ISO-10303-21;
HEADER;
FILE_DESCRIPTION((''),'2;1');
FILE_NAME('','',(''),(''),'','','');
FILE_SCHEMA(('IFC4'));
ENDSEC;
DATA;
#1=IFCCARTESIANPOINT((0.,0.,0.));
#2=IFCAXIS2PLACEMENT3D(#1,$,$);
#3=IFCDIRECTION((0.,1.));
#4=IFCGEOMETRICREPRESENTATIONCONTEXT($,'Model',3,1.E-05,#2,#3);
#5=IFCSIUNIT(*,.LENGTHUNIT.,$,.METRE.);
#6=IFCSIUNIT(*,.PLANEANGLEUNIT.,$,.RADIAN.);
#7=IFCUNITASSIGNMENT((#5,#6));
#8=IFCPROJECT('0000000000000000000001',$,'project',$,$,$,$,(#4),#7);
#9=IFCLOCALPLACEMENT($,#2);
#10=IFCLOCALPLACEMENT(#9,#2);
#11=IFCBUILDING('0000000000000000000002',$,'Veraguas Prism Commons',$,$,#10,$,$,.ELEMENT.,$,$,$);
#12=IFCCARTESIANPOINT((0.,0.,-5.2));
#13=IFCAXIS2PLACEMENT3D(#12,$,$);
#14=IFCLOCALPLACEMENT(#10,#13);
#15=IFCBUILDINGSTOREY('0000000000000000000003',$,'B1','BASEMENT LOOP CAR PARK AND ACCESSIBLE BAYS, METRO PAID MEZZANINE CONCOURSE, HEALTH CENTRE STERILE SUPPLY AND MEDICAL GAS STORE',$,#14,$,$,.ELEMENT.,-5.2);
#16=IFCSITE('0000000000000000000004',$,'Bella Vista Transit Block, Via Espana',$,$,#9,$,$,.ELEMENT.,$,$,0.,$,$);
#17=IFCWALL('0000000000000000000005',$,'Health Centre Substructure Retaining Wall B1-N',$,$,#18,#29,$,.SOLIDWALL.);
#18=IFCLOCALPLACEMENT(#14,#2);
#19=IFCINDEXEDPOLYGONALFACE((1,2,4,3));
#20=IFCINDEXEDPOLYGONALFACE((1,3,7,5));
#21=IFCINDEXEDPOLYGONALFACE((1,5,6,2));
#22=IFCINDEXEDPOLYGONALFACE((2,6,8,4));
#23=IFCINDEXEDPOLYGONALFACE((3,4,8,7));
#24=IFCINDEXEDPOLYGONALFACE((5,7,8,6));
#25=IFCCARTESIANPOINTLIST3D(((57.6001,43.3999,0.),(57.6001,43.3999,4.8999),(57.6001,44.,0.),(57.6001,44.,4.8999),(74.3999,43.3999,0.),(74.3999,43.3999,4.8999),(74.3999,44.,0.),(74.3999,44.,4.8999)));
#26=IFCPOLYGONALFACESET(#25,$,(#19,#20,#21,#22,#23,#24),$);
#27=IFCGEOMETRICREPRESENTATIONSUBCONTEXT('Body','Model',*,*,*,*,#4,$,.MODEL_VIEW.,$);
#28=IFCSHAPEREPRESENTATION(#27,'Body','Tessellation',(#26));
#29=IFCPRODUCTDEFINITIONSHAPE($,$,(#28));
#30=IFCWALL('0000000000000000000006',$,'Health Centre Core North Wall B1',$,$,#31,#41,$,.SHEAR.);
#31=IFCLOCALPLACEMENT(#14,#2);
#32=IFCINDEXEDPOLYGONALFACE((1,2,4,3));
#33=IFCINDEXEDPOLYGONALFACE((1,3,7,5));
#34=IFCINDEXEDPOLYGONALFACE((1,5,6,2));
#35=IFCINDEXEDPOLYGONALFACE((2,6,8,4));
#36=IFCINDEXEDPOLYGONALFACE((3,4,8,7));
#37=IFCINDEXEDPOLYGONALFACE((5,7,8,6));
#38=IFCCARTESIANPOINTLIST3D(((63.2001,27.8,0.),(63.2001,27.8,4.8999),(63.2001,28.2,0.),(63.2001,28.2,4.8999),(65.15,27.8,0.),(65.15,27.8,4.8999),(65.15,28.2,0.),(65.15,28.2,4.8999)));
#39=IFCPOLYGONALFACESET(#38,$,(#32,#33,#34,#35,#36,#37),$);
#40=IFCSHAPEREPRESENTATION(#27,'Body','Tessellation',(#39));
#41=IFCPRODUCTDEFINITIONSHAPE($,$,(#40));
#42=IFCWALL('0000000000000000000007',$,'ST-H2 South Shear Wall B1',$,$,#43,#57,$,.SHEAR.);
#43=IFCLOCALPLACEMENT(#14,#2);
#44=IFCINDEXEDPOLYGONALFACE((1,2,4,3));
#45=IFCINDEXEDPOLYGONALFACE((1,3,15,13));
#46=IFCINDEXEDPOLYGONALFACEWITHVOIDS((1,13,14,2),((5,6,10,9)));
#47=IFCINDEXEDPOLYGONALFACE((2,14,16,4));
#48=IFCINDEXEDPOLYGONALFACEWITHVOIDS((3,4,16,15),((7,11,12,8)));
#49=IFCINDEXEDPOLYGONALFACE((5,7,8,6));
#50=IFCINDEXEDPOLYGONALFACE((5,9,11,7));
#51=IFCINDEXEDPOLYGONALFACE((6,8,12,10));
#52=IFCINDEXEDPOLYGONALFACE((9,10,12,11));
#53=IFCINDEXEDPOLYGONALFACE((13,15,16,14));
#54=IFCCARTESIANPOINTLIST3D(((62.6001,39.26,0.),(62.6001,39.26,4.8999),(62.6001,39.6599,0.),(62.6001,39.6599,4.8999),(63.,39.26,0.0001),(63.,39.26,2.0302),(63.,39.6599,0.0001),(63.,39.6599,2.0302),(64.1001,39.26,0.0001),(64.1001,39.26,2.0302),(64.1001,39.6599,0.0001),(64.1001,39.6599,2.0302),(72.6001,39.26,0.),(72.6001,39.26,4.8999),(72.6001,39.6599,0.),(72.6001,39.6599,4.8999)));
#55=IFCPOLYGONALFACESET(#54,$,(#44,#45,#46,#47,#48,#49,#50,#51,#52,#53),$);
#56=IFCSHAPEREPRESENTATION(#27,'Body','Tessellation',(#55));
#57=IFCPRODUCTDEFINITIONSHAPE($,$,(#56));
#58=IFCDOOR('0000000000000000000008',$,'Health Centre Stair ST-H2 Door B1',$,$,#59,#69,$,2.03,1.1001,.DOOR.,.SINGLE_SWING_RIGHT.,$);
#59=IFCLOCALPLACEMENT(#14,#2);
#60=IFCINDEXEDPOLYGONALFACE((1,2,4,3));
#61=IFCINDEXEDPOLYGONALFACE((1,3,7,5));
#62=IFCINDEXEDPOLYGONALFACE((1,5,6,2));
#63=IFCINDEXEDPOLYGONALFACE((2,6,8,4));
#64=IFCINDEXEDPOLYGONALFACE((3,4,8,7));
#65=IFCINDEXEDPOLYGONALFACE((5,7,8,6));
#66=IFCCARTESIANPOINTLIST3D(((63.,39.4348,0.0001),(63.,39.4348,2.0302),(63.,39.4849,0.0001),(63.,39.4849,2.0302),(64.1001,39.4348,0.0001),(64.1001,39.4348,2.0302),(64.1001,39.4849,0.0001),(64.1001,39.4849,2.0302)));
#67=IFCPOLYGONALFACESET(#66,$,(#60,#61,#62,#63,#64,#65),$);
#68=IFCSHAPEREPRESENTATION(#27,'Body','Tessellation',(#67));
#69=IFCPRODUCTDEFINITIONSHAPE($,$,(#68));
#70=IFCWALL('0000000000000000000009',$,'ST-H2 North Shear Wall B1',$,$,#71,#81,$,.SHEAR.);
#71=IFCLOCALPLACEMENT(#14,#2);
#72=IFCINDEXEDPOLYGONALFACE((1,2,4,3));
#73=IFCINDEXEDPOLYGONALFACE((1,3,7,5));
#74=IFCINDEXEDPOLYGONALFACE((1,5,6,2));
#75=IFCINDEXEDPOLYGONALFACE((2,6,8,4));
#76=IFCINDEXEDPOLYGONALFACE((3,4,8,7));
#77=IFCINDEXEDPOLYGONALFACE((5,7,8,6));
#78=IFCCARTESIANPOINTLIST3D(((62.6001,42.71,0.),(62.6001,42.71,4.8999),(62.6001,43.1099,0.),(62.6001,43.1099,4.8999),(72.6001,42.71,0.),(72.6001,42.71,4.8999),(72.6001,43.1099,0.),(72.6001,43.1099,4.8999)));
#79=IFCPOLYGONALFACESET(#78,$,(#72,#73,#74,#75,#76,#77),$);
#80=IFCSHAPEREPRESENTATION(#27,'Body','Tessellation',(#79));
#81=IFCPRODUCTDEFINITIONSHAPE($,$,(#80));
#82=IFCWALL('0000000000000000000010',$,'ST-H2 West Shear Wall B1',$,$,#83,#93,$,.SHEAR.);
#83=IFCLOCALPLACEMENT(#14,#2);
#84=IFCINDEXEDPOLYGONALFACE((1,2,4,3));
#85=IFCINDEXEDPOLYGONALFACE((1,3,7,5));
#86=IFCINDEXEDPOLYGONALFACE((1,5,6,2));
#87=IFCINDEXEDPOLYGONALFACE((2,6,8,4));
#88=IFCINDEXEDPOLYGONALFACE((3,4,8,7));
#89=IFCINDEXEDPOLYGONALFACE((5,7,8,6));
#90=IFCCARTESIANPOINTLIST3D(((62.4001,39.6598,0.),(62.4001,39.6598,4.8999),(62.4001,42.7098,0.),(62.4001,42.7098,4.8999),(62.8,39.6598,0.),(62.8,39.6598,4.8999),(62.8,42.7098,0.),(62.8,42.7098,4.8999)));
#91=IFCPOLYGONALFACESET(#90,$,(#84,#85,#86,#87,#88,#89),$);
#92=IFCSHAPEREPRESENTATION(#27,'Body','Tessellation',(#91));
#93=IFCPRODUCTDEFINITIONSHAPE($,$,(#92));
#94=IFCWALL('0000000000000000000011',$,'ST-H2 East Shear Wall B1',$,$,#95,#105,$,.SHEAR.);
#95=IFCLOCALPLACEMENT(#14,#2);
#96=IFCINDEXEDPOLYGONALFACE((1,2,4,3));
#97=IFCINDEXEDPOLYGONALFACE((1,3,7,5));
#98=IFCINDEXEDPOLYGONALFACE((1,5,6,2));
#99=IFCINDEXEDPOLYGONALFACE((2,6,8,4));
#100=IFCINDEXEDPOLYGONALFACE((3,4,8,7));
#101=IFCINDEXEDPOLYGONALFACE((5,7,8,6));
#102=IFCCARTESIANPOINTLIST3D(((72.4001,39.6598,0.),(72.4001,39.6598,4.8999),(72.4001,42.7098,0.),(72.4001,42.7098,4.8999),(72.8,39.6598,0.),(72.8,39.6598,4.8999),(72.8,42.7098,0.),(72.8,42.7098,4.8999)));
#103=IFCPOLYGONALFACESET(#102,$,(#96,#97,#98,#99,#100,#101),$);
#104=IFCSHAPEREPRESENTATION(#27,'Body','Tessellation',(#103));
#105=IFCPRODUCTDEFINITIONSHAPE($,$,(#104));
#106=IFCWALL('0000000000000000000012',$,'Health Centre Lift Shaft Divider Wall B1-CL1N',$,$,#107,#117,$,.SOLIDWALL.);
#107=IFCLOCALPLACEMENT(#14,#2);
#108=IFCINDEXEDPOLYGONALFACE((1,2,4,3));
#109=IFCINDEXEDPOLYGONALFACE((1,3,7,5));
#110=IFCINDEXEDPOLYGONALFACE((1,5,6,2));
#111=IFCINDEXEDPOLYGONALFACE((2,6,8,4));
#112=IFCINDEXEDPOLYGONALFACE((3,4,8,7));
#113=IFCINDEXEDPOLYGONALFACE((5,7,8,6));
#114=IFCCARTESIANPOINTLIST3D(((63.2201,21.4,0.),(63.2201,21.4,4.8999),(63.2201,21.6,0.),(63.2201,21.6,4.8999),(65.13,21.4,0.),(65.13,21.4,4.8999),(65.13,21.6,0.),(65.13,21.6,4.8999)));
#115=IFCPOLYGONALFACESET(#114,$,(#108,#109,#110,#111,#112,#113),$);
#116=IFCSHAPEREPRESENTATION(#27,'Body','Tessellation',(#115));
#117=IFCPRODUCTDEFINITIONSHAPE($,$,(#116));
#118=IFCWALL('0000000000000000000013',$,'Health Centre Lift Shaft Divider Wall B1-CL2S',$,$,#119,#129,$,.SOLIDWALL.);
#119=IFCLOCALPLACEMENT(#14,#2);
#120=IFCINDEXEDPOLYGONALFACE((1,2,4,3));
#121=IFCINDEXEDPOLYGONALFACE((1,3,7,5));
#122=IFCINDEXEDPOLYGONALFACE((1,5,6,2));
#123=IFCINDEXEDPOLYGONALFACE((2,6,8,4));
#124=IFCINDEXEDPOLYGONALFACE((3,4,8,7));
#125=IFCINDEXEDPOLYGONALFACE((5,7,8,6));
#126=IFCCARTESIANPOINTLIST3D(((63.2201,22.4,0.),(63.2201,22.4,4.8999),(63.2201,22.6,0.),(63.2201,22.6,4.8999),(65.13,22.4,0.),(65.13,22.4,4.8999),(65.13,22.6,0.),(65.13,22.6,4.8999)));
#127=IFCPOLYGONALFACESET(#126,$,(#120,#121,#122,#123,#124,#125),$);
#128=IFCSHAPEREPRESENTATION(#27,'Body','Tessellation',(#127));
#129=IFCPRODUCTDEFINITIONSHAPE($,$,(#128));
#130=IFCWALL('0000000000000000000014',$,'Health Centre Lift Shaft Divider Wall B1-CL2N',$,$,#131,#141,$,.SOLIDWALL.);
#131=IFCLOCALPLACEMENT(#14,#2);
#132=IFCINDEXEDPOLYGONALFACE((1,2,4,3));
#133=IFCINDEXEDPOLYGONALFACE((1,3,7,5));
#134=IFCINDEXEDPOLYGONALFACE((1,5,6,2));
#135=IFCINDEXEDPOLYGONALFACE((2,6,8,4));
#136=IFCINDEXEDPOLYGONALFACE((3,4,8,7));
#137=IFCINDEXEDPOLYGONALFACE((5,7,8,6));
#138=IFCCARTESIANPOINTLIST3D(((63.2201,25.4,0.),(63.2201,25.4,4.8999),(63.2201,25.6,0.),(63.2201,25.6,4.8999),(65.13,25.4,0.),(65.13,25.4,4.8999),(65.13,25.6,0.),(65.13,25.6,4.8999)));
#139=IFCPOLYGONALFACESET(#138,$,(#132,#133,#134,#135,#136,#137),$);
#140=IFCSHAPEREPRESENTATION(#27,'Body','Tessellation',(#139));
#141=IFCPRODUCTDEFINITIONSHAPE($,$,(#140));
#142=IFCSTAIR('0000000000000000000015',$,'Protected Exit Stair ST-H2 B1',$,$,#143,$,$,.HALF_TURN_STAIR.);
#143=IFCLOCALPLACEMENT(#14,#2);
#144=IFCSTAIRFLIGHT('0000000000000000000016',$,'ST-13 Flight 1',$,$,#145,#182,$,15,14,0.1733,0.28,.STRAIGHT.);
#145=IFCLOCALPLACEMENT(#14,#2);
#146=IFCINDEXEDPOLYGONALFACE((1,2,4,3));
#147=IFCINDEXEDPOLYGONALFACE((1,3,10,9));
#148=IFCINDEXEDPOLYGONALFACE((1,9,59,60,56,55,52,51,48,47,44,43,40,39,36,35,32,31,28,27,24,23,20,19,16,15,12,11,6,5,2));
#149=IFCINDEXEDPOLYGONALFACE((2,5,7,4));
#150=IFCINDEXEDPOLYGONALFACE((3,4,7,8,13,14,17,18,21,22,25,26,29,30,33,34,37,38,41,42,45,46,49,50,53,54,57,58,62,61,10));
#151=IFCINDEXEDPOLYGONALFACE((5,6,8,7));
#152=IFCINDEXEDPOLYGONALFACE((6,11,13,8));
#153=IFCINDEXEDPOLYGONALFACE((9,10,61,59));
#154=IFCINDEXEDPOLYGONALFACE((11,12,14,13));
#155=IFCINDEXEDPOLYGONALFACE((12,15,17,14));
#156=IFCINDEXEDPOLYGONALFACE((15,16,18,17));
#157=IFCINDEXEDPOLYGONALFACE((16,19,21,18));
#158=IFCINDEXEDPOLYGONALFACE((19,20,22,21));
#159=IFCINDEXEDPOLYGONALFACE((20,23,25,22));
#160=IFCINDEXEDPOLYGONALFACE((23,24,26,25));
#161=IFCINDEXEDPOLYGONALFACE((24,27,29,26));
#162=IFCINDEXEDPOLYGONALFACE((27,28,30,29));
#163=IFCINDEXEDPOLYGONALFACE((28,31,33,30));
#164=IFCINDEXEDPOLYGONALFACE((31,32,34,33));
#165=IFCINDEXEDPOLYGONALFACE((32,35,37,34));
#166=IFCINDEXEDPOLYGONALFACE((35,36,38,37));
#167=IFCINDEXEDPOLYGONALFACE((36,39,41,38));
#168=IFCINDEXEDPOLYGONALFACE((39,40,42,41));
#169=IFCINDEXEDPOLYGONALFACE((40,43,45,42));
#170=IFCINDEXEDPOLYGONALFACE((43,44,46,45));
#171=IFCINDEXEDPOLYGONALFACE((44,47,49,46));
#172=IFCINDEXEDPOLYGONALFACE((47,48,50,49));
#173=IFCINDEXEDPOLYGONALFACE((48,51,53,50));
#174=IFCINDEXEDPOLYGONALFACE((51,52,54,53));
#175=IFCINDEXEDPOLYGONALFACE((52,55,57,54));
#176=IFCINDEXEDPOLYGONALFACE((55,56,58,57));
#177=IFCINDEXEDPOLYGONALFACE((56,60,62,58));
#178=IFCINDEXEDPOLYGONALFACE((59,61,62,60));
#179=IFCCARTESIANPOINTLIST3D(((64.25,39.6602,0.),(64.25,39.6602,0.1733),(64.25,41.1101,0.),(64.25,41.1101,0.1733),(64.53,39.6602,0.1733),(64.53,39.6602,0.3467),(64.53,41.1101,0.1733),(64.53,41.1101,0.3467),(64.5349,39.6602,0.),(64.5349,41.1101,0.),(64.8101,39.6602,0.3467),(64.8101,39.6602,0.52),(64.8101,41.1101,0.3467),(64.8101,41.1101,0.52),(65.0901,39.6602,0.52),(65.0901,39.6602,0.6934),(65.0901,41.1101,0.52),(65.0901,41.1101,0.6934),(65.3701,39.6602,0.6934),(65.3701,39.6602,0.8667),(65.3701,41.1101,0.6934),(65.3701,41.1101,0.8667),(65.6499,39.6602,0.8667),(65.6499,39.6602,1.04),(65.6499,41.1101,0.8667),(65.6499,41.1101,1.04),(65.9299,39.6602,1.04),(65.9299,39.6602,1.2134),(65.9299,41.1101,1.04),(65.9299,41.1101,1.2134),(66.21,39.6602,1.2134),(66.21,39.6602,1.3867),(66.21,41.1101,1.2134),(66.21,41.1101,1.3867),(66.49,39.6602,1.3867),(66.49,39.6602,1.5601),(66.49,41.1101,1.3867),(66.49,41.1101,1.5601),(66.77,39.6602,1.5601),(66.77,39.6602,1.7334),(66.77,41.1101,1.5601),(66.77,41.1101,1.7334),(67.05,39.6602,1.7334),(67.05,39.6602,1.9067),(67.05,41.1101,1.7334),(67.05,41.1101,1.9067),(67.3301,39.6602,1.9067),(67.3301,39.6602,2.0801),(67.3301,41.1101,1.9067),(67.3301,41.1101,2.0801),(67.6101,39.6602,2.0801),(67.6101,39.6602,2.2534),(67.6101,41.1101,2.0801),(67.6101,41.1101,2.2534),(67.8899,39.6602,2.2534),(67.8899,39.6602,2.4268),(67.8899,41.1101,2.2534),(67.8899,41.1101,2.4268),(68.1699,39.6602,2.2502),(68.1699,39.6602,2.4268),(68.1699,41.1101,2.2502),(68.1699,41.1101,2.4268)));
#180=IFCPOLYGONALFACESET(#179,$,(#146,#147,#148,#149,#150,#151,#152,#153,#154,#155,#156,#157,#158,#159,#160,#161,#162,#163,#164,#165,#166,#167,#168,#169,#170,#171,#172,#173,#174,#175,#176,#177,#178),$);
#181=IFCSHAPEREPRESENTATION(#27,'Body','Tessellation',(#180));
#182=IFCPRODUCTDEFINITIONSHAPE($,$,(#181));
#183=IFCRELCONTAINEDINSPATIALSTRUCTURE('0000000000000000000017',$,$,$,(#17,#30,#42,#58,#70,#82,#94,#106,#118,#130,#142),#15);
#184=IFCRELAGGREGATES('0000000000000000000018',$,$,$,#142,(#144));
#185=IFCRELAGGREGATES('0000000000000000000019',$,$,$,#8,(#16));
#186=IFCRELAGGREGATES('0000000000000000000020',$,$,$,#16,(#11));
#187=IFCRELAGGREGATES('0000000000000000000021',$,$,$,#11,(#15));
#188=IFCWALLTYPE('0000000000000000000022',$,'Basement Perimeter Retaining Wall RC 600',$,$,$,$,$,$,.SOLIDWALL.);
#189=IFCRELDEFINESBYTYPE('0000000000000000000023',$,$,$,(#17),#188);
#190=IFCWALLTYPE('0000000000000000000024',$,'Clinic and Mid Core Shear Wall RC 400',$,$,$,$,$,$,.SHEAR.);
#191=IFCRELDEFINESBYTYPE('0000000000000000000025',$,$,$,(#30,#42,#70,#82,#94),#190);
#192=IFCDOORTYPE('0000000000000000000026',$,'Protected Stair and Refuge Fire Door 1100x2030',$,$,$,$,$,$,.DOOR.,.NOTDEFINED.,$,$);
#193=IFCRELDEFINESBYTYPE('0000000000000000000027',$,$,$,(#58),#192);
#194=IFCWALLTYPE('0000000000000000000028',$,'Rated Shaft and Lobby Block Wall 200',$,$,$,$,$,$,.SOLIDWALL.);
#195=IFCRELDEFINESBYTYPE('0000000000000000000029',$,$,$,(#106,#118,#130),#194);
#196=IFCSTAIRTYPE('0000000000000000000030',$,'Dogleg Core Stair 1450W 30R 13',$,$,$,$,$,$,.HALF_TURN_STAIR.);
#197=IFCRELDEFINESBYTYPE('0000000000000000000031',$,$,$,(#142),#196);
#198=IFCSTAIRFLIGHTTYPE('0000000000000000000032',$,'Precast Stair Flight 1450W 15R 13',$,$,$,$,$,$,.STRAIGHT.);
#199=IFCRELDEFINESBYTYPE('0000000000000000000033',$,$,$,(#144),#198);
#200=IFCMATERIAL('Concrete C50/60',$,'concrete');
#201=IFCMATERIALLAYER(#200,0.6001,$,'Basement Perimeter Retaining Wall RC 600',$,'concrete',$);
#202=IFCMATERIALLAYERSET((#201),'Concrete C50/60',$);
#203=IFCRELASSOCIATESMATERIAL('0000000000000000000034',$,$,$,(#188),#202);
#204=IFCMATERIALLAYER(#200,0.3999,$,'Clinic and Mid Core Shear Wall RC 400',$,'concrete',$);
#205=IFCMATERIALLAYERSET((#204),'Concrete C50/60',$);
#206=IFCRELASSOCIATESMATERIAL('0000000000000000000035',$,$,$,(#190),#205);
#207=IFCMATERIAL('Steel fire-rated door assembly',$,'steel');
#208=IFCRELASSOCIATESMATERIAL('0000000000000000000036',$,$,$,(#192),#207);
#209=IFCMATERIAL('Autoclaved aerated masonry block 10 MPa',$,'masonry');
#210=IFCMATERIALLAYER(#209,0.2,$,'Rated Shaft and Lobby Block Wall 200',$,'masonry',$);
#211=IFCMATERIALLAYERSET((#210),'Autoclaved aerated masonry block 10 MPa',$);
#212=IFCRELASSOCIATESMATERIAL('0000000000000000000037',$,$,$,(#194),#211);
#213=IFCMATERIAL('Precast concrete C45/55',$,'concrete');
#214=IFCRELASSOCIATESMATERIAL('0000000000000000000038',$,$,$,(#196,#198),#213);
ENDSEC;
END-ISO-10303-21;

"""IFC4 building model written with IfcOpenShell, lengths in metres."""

from ifc_helpers import new_model, si_unit, direction, frame, frame_2d, origin, place, context, subcontext, project, spatial, polyline, rectangle, outline, extrude, source, transform, mapped, material, layer, layer_set, type_object, element, fill, aggregate, save


model = new_model("IFC4")

# Units and contexts
model_context = context("Model", 3, precision=1e-05, world=origin(), true_north=direction((0.0, 1.0)))
body_context = subcontext(model_context, "Body", "Model", "MODEL_VIEW")
ifc_project = project(units=[si_unit("LENGTHUNIT", "METRE"), si_unit("PLANEANGLEUNIT", "RADIAN")], contexts=[model_context])

# Site, building, storey
site_placement = place(None, origin())
site = spatial("IfcSite", under=ifc_project, at=site_placement, Name="Bella Vista Transit Block, Via Espana", CompositionType="ELEMENT", RefElevation=0.0)
building_placement = place(site_placement, origin())
building = spatial("IfcBuilding", under=site, at=building_placement, Name="Veraguas Prism Commons", CompositionType="ELEMENT")
storey_placement = place(building_placement, frame((0.0, 0.0, -5.2)))
storey = spatial("IfcBuildingStorey", under=building, at=storey_placement, Name="B1", Description="BASEMENT LOOP CAR PARK AND ACCESSIBLE BAYS, METRO PAID MEZZANINE CONCOURSE, HEALTH CENTRE STERILE SUPPLY AND MEDICAL GAS STORE", CompositionType="ELEMENT", Elevation=-5.2)

# Shared definitions
ifc_material_1 = material(Name="Concrete C50/60", Category="concrete")

# Walls
ifc_layer_1 = layer(ifc_material_1, 0.6001, Name="Basement Perimeter Retaining Wall RC 600", Category="concrete")
ifc_layer_set_1 = layer_set([ifc_layer_1], Name="Concrete C50/60")
wall_type_1 = type_object("IfcWallType", Name="Basement Perimeter Retaining Wall RC 600", PredefinedType="SOLIDWALL", material=ifc_layer_set_1)
wall_1_placement = place(storey_placement, frame((74.3999, 43.7, 0.0), z_axis=(0.0, 0.0, 1.0), x_axis=(-1.0, 0.0, 0.0)))
element("IfcWall", 1, at=wall_1_placement, inside=storey, type_object=wall_type_1, Name="Health Centre Substructure Retaining Wall B1-N", PredefinedType="SOLIDWALL", context=body_context, shape_type="SweptSolid", body=[
    extrude(rectangle(XDim=16.7998, YDim=0.6001, at=frame_2d((8.3999, 0.0))), origin(), (0.0, 0.0, 1.0), 4.8999),
])
ifc_layer_2 = layer(ifc_material_1, 0.3999, Name="Clinic and Mid Core Shear Wall RC 400", Category="concrete")
ifc_layer_set_2 = layer_set([ifc_layer_2], Name="Concrete C50/60")
wall_type_2 = type_object("IfcWallType", Name="Clinic and Mid Core Shear Wall RC 400", PredefinedType="SHEAR", material=ifc_layer_set_2)
wall_2_placement = place(storey_placement, frame((63.2, 28.0, 0.0), z_axis=(0.0, 0.0, 1.0), x_axis=(1.0, 0.0, 0.0)))
element("IfcWall", 2, at=wall_2_placement, inside=storey, type_object=wall_type_2, Name="Health Centre Core North Wall B1", PredefinedType="SHEAR", context=body_context, shape_type="SweptSolid", body=[
    extrude(rectangle(XDim=1.95, YDim=0.3999, at=frame_2d((0.9751, 0.0))), origin(), (0.0, 0.0, 1.0), 4.8999),
])

# Wall, opening, door
wall_3_placement = place(storey_placement, frame((62.6001, 39.46, 0.0), z_axis=(0.0, 0.0, 1.0), x_axis=(1.0, 0.0, 0.0)))
wall_3 = element("IfcWall", 3, at=wall_3_placement, inside=storey, type_object=wall_type_2, Name="ST-H2 South Shear Wall B1", PredefinedType="SHEAR", context=body_context, shape_type="SweptSolid", body=[
    extrude(rectangle(XDim=10.0, YDim=0.3999, at=frame_2d((5.0, 0.0))), origin(), (0.0, 0.0, 1.0), 4.8999),
])
opening_placement = place(wall_3_placement, frame((0.3999, 0.0, 0.0)))
opening = element("IfcOpeningElement", 4, at=opening_placement, cuts=wall_3, PredefinedType="OPENING", context=body_context, shape_type="SweptSolid", body=[
    extrude(rectangle(XDim=1.1001, YDim=2.03, at=frame_2d((0.55, 1.0151))), frame((0.0, 0.21, 0.0), z_axis=(0.0, -1.0, 0.0), x_axis=(1.0, 0.0, 0.0)), (0.0, 0.0, 1.0), 0.4199),
])
ifc_material_2 = material(Name="Steel fire-rated door assembly", Category="steel")
door_type = type_object("IfcDoorType", Name="Protected Stair and Refuge Fire Door 1100x2030", OperationType="NOTDEFINED", PredefinedType="DOOR", material=ifc_material_2)
shared_shape_1 = source(origin(), body_context, "Body", "SweptSolid", [
    extrude(rectangle(XDim=1.1001, YDim=2.03, at=frame_2d((0.55, 1.0151))), frame((0.0, 0.0249, 0.0), z_axis=(0.0, -1.0, 0.0), x_axis=(1.0, 0.0, 0.0)), (0.0, 0.0, 1.0), 0.05),
])
door_placement = place(opening_placement, origin())
door = element("IfcDoor", 5, at=door_placement, inside=storey, type_object=door_type, Name="Health Centre Stair ST-H2 Door B1", OperationType="SINGLE_SWING_RIGHT", OverallHeight=2.03, OverallWidth=1.1001, PredefinedType="DOOR", context=body_context, shape_type="MappedRepresentation", body=[
    mapped(shared_shape_1, transform((0.0, 0.0, 0.0), scale=1.0)),
])
fill(opening, door)

# Walls
wall_4_placement = place(storey_placement, frame((62.6001, 42.9099, 0.0), z_axis=(0.0, 0.0, 1.0), x_axis=(1.0, 0.0, 0.0)))
element("IfcWall", 6, at=wall_4_placement, inside=storey, type_object=wall_type_2, Name="ST-H2 North Shear Wall B1", PredefinedType="SHEAR", context=body_context, shape_type="SweptSolid", body=[
    extrude(rectangle(XDim=10.0, YDim=0.3999, at=frame_2d((5.0, 0.0))), origin(), (0.0, 0.0, 1.0), 4.8999),
])
for number, where, z_axis, x_axis, name in (
    (7, (62.6001, 39.6599, 0.0), (0.0, 0.0, 1.0), (0.0, 1.0, 0.0), "ST-H2 West Shear Wall B1"),
    (8, (72.6001, 39.6599, 0.0), (0.0, 0.0, 1.0), (0.0, 1.0, 0.0), "ST-H2 East Shear Wall B1"),
):
    element("IfcWall", number, at=place(storey_placement, frame(where, z_axis=z_axis, x_axis=x_axis)), inside=storey, type_object=wall_type_2, Name=name, PredefinedType="SHEAR", context=body_context, shape_type="SweptSolid", body=[
        extrude(rectangle(XDim=3.05, YDim=0.3999, at=frame_2d((1.5249, 0.0))), origin(), (0.0, 0.0, 1.0), 4.8999),
    ])
ifc_material_3 = material(Name="Autoclaved aerated masonry block 10 MPa", Category="masonry")
ifc_layer_3 = layer(ifc_material_3, 0.2, Name="Rated Shaft and Lobby Block Wall 200", Category="masonry")
ifc_layer_set_3 = layer_set([ifc_layer_3], Name="Autoclaved aerated masonry block 10 MPa")
wall_type_3 = type_object("IfcWallType", Name="Rated Shaft and Lobby Block Wall 200", PredefinedType="SOLIDWALL", material=ifc_layer_set_3)
for number, where, z_axis, x_axis, name in (
    (9, (63.22, 21.5, 0.0), (0.0, 0.0, 1.0), (1.0, 0.0, 0.0), "Health Centre Lift Shaft Divider Wall B1-CL1N"),
    (10, (63.22, 22.5, 0.0), (0.0, 0.0, 1.0), (1.0, 0.0, 0.0), "Health Centre Lift Shaft Divider Wall B1-CL2S"),
    (11, (63.22, 25.5, 0.0), (0.0, 0.0, 1.0), (1.0, 0.0, 0.0), "Health Centre Lift Shaft Divider Wall B1-CL2N"),
):
    element("IfcWall", number, at=place(storey_placement, frame(where, z_axis=z_axis, x_axis=x_axis)), inside=storey, type_object=wall_type_3, Name=name, PredefinedType="SOLIDWALL", context=body_context, shape_type="SweptSolid", body=[
        extrude(rectangle(XDim=1.9099, YDim=0.2, at=frame_2d((0.9551, 0.0))), origin(), (0.0, 0.0, 1.0), 4.8999),
    ])

# Stair, stair flight
ifc_material_4 = material(Name="Precast concrete C45/55", Category="concrete")
stair_type = type_object("IfcStairType", Name="Dogleg Core Stair 1450W 30R 13", PredefinedType="HALF_TURN_STAIR", material=ifc_material_4)
stair_placement = place(storey_placement, origin())
stair = element("IfcStair", 12, at=stair_placement, inside=storey, type_object=stair_type, Name="Protected Exit Stair ST-H2 B1", PredefinedType="HALF_TURN_STAIR")
stair_flight_type = type_object("IfcStairFlightType", Name="Precast Stair Flight 1450W 15R 13", PredefinedType="STRAIGHT", material=ifc_material_4)
stair_flight_1_placement = place(storey_placement, frame((64.25, 40.385, 0.0), z_axis=(0.0, 0.0, 1.0), x_axis=(1.0, 0.0, 0.0)))
stair_flight_1 = element("IfcStairFlight", 13, at=stair_flight_1_placement, type_object=stair_flight_type, Name="ST-13 Flight 1", NumberOfRisers=15, NumberOfTreads=14, PredefinedType="STRAIGHT", RiserHeight=0.1733, TreadLength=0.28, context=body_context, shape_type="SweptSolid", body=[
    extrude(outline(polyline([(0.0, 0.0), (0.0, 0.1733), (0.28, 0.1733), (0.28, 0.3467), (0.5601, 0.3467), (0.5601, 0.52), (0.8401, 0.52), (0.8401, 0.6934), (1.1201, 0.6934), (1.1201, 0.8667), (1.3999, 0.8667), (1.3999, 1.04), (1.6799, 1.04), (1.6799, 1.2134), (1.96, 1.2134), (1.96, 1.3867), (2.24, 1.3867), (2.24, 1.5601), (2.52, 1.5601), (2.52, 1.7334), (2.8, 1.7334), (2.8, 1.9067), (3.0801, 1.9067), (3.0801, 2.0801), (3.3601, 2.0801), (3.3601, 2.2534), (3.6399, 2.2534), (3.6399, 2.4268), (3.9199, 2.4268), (3.9199, 2.6001), (3.9199, 2.2502), (0.2849, 0.0), (0.0, 0.0)])), frame((0.0, 0.7251, 0.0), z_axis=(0.0, -1.0, 0.0), x_axis=(1.0, 0.0, 0.0)), (0.0, 0.0, 1.0), 1.45),
])
aggregate(stair, [stair_flight_1])

save(model, "model.ifc")
